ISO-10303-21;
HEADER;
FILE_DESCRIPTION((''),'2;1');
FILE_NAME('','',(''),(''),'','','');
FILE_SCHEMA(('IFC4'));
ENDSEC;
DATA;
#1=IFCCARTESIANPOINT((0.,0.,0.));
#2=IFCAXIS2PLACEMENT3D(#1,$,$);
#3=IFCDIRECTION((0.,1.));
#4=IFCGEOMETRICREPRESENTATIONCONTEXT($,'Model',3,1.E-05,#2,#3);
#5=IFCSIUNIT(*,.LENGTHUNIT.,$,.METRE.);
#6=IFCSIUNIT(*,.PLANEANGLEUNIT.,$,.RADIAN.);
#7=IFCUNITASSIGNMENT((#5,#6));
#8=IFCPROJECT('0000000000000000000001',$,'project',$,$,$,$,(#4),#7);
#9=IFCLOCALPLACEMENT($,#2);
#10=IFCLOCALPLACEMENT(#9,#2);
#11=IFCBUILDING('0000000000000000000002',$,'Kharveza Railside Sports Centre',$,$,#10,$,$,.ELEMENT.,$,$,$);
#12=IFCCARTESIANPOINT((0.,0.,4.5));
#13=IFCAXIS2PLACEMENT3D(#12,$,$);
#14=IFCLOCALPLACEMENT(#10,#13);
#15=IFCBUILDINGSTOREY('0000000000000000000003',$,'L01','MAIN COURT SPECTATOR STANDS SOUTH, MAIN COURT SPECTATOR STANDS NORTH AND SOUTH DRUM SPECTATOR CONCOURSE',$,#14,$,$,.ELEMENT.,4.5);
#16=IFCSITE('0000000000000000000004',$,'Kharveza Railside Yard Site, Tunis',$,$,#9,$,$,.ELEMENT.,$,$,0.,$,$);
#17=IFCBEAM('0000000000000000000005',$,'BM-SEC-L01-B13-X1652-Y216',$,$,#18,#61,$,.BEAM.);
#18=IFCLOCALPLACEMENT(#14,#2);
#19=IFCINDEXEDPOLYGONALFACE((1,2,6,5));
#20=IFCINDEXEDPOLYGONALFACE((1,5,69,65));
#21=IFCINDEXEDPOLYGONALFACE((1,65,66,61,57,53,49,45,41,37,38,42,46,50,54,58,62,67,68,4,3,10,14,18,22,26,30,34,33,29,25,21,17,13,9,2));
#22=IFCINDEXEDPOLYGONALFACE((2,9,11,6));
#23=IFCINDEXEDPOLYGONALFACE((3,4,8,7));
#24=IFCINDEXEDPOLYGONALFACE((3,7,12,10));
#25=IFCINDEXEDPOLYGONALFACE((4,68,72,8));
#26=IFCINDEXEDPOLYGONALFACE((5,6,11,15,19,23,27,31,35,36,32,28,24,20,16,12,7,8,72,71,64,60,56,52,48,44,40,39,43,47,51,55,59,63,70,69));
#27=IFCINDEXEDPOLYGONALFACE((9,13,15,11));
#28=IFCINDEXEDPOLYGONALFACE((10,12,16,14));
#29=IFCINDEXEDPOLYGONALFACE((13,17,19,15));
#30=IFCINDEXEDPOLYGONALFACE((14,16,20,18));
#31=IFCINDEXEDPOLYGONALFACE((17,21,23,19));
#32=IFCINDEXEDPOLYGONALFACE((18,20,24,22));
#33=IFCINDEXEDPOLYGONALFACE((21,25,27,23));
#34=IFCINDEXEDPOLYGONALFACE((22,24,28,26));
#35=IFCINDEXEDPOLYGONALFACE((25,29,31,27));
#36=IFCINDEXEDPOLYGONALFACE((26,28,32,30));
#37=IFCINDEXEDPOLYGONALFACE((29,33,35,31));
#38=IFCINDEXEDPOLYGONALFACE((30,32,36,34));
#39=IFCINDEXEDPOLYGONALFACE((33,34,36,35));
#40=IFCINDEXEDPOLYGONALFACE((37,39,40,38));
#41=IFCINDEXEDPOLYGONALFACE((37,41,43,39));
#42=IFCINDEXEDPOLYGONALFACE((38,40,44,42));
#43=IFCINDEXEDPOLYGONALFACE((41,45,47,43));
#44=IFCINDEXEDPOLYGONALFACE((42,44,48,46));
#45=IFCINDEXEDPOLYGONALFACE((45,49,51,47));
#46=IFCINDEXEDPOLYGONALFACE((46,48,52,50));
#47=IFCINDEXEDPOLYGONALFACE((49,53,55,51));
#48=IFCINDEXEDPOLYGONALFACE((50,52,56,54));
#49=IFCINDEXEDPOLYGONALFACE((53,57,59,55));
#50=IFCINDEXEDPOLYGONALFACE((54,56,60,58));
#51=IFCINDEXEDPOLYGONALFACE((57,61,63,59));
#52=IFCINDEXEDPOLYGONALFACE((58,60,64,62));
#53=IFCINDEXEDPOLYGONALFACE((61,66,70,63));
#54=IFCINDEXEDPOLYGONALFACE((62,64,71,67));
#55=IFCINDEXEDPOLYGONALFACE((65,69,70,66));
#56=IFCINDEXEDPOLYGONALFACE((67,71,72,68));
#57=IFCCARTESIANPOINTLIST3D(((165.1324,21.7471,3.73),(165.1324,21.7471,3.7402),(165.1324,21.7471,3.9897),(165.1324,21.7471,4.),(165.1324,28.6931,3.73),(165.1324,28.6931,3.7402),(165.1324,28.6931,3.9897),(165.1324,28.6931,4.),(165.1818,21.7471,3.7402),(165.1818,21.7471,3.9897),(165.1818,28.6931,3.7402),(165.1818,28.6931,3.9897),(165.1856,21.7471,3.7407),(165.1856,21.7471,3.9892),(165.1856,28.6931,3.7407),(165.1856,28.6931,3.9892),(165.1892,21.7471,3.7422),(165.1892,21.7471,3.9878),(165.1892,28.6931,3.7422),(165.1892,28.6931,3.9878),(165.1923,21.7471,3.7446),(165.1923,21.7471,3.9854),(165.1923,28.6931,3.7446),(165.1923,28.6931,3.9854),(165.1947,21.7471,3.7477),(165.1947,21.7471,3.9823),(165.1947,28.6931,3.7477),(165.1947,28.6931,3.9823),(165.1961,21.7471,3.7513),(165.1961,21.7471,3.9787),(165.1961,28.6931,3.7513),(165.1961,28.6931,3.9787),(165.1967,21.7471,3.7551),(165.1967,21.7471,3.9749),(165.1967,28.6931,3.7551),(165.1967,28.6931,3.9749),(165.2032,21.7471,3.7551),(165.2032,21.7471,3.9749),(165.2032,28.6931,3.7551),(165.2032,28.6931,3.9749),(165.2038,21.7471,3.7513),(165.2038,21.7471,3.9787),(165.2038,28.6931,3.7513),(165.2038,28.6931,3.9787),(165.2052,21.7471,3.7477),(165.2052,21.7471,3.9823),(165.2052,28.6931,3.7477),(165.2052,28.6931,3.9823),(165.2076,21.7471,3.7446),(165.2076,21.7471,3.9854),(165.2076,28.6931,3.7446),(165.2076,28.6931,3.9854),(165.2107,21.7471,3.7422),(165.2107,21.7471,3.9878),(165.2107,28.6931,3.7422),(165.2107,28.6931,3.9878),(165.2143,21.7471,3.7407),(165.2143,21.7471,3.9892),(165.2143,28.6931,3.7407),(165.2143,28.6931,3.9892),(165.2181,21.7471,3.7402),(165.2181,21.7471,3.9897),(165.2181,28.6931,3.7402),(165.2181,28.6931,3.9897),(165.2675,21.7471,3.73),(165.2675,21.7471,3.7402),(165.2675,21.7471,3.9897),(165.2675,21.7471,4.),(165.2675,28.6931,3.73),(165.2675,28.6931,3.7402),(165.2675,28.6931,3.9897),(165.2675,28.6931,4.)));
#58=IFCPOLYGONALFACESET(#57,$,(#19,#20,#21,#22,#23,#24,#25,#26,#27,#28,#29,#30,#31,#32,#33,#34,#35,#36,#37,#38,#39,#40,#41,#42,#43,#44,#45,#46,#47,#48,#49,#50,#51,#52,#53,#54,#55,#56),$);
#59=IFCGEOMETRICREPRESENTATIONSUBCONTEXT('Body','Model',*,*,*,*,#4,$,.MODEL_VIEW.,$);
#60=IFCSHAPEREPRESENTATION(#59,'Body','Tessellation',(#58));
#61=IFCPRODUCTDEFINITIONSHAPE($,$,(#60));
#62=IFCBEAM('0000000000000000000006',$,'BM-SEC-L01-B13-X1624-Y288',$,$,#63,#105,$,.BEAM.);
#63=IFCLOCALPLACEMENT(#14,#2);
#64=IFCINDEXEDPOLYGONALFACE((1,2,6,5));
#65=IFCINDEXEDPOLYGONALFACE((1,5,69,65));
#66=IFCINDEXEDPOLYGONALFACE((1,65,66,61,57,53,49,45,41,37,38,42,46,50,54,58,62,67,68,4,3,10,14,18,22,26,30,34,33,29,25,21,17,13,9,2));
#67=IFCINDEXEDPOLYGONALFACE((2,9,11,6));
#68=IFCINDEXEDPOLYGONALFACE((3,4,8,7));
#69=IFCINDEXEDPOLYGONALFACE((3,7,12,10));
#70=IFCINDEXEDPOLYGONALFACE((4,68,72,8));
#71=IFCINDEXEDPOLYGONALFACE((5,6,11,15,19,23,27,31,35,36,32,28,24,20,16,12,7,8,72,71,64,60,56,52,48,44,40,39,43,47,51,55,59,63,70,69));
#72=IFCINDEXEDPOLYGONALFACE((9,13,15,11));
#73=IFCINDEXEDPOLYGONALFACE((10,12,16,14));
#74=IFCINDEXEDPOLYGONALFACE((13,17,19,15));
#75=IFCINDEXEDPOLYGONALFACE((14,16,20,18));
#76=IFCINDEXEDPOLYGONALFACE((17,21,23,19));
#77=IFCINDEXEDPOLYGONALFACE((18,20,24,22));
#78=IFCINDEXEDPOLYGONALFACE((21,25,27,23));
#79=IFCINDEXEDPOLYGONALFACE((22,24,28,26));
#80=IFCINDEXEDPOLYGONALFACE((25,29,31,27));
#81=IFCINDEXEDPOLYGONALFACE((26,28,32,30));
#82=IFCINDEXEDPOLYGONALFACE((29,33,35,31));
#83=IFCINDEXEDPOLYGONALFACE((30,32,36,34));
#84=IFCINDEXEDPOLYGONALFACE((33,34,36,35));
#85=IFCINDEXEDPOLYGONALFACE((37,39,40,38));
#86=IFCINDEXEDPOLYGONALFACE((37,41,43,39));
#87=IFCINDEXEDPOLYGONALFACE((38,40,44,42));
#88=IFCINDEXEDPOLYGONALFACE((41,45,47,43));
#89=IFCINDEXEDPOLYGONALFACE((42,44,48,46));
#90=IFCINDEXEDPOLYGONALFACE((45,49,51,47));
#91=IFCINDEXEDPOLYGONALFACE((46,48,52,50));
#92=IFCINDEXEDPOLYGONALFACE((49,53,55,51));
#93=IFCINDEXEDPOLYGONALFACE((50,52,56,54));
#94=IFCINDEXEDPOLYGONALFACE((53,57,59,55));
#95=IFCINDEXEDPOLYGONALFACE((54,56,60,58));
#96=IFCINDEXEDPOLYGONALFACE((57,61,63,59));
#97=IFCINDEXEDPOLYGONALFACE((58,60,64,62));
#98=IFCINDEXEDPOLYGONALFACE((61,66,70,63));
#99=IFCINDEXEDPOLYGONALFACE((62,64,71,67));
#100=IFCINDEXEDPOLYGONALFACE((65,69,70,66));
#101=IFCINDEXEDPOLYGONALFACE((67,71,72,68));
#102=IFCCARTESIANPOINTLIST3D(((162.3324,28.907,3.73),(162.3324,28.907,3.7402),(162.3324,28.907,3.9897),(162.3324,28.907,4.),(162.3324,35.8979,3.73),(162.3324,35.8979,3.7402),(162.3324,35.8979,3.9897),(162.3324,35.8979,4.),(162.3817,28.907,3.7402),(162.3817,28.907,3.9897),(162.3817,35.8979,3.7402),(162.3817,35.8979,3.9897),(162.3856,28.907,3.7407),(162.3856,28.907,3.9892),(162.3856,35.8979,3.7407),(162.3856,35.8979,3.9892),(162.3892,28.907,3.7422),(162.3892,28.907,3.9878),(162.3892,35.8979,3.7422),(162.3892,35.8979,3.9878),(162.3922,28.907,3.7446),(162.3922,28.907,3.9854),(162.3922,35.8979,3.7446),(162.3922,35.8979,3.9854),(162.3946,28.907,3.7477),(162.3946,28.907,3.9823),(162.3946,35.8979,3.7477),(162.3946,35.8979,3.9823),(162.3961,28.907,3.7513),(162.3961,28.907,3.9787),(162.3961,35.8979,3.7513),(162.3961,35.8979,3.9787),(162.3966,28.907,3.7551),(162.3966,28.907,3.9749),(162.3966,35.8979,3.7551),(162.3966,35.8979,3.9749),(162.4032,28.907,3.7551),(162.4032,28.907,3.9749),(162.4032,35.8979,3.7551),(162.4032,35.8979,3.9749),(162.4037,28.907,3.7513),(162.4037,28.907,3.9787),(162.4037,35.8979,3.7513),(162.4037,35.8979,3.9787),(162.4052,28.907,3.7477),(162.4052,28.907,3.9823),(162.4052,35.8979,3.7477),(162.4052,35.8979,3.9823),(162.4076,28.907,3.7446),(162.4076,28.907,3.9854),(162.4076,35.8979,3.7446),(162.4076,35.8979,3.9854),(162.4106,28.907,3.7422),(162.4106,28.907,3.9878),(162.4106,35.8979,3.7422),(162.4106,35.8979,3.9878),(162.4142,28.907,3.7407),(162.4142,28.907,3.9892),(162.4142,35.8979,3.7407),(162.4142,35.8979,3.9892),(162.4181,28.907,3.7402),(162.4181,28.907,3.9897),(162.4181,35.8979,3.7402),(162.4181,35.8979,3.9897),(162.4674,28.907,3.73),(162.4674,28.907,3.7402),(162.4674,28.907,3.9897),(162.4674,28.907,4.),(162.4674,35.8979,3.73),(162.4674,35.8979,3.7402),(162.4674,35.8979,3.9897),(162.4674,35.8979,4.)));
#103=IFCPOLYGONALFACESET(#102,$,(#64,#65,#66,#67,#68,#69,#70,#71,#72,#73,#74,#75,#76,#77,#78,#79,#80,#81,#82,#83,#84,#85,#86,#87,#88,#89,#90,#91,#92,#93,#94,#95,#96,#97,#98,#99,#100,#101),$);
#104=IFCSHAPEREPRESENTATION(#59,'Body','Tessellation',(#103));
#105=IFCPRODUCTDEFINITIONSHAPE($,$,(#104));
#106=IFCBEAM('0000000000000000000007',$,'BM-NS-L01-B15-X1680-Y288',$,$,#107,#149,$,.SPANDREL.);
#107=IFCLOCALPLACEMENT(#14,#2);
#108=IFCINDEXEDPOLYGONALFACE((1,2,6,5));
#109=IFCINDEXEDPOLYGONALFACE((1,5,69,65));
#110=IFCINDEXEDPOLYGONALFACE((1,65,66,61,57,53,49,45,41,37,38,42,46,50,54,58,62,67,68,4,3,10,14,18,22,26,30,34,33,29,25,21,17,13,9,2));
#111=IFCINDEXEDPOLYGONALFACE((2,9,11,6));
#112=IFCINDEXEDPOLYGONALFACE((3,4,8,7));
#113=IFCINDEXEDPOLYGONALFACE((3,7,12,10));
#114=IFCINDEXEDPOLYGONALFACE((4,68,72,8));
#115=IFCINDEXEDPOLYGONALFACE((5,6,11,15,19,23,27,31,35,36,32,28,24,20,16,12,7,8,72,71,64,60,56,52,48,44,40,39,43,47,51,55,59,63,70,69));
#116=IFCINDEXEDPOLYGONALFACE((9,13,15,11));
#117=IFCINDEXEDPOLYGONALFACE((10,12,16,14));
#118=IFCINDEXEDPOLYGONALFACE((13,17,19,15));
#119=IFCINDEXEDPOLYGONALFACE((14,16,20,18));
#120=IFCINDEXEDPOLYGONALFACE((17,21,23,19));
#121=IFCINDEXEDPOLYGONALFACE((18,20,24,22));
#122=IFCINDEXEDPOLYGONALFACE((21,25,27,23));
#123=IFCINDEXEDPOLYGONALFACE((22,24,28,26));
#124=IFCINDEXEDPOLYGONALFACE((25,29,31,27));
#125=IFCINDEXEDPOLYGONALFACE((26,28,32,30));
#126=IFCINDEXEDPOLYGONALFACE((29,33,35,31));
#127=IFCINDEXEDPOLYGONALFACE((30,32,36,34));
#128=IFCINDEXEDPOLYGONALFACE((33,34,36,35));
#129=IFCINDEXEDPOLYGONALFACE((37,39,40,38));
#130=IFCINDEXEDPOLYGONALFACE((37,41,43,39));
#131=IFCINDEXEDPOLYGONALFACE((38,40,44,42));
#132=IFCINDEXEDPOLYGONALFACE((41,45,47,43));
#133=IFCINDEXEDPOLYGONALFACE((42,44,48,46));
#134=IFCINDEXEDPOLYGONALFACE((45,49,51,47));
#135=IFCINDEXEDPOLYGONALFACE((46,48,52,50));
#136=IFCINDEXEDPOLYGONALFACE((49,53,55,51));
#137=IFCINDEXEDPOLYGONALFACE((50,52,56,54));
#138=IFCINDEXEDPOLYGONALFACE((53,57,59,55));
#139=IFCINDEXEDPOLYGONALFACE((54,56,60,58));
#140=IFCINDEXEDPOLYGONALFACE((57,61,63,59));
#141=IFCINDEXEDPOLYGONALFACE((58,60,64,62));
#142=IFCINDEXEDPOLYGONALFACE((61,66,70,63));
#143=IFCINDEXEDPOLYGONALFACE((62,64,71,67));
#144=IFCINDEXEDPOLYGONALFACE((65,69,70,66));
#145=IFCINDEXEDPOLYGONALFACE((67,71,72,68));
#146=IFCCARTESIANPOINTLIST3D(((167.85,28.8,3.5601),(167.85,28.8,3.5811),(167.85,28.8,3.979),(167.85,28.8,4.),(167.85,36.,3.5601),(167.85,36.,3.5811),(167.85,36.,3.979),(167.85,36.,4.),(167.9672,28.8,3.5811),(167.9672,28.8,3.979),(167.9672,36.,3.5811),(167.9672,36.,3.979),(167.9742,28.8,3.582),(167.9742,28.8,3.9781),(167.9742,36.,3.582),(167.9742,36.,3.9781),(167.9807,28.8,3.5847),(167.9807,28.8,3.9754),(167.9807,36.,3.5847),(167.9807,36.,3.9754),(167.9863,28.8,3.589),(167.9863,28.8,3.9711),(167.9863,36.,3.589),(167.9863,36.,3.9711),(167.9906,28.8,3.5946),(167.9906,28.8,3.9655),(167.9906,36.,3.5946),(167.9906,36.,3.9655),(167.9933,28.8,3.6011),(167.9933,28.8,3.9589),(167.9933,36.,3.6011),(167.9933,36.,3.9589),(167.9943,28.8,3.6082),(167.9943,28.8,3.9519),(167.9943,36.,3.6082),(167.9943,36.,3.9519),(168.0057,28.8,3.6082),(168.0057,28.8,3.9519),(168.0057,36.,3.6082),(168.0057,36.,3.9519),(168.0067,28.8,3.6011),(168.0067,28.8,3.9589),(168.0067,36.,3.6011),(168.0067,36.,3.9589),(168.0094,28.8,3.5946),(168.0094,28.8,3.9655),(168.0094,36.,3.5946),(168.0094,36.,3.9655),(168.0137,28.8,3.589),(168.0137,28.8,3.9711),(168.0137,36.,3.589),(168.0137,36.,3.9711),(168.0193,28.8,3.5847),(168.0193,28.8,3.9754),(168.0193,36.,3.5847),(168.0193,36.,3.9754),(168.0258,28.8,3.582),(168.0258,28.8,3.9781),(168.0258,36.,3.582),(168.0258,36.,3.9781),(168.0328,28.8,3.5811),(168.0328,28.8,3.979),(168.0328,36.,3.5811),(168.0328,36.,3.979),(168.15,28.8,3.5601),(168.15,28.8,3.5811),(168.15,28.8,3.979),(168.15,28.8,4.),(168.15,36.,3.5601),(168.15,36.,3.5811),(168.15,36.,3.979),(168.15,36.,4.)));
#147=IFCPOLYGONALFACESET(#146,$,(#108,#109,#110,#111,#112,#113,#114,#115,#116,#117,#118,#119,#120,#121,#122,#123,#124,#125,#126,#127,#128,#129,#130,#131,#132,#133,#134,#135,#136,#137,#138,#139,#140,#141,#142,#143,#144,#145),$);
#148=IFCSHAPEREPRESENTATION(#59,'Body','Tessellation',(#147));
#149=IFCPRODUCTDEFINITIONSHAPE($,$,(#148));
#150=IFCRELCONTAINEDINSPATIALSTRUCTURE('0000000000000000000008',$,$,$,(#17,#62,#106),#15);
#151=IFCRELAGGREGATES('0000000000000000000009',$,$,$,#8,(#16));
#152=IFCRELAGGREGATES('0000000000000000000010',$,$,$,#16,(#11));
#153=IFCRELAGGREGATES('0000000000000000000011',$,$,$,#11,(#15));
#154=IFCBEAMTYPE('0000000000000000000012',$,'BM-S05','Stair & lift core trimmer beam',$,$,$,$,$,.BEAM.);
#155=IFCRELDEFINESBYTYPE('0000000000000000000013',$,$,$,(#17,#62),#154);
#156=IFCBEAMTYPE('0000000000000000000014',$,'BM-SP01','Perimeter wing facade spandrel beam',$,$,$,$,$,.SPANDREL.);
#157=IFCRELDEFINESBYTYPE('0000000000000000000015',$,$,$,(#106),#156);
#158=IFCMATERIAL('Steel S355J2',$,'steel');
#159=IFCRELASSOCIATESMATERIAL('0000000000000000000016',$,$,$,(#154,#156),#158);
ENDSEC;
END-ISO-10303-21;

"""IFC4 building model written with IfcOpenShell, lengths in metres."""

from ifc_helpers import new_model, si_unit, direction, frame, origin, origin_2d, place, context, subcontext, project, spatial, i_section, extrude, material, material_profile, profile_set, type_object, element, save


model = new_model("IFC4")

# Units and contexts
model_context = context("Model", 3, precision=1e-05, world=origin(), true_north=direction((0.0, 1.0)))
body_context = subcontext(model_context, "Body", "Model", "MODEL_VIEW")
ifc_project = project(units=[si_unit("LENGTHUNIT", "METRE"), si_unit("PLANEANGLEUNIT", "RADIAN")], contexts=[model_context])

# Site, building, storey
site_placement = place(None, origin())
site = spatial("IfcSite", under=ifc_project, at=site_placement, Name="Kharveza Railside Yard Site, Tunis", CompositionType="ELEMENT", RefElevation=0.0)
building_placement = place(site_placement, origin())
building = spatial("IfcBuilding", under=site, at=building_placement, Name="Kharveza Railside Sports Centre", CompositionType="ELEMENT")
storey_placement = place(building_placement, frame((0.0, 0.0, 4.5)))
storey = spatial("IfcBuildingStorey", under=building, at=storey_placement, Name="L01", Description="MAIN COURT SPECTATOR STANDS SOUTH, MAIN COURT SPECTATOR STANDS NORTH AND SOUTH DRUM SPECTATOR CONCOURSE", CompositionType="ELEMENT", Elevation=4.5)

# Shared definitions
ifc_material_1 = material(Name="Steel S355J2", Category="steel")

# Beams
ifc_material_profile_1 = material_profile(ifc_material_1, i_section(OverallWidth=0.135, OverallDepth=0.27, WebThickness=0.0066, FlangeThickness=0.0103, FilletRadius=0.0149, at=origin_2d()), Name="IPE 270")
ifc_profile_set_1 = profile_set([ifc_material_profile_1], Name="Steel S355J2")
beam_type_1 = type_object("IfcBeamType", Name="BM-S05", Description="Stair & lift core trimmer beam", PredefinedType="BEAM", material=ifc_profile_set_1)
beam_1_placement = place(storey_placement, frame((165.2, 21.7471, 3.865), z_axis=(0.0, 1.0, 0.0), x_axis=(-1.0, 0.0, 0.0)))
element("IfcBeam", 1, at=beam_1_placement, inside=storey, type_object=beam_type_1, Name="BM-SEC-L01-B13-X1652-Y216", PredefinedType="BEAM", context=body_context, shape_type="SweptSolid", body=[
    extrude(i_section(OverallWidth=0.135, OverallDepth=0.27, WebThickness=0.0066, FlangeThickness=0.0103, FilletRadius=0.0149, at=origin_2d()), origin(), (0.0, 0.0, 1.0), 6.946),
])
beam_2_placement = place(storey_placement, frame((162.3999, 28.907, 3.865), z_axis=(0.0, 1.0, 0.0), x_axis=(-1.0, 0.0, 0.0)))
element("IfcBeam", 2, at=beam_2_placement, inside=storey, type_object=beam_type_1, Name="BM-SEC-L01-B13-X1624-Y288", PredefinedType="BEAM", context=body_context, shape_type="SweptSolid", body=[
    extrude(i_section(OverallWidth=0.135, OverallDepth=0.27, WebThickness=0.0066, FlangeThickness=0.0103, FilletRadius=0.0149, at=origin_2d()), origin(), (0.0, 0.0, 1.0), 6.991),
])
ifc_material_profile_2 = material_profile(ifc_material_1, i_section(OverallWidth=0.3, OverallDepth=0.4399, WebThickness=0.0115, FlangeThickness=0.021, FilletRadius=0.0271, at=origin_2d()), Name="HEA 450")
ifc_profile_set_2 = profile_set([ifc_material_profile_2], Name="Steel S355J2")
beam_type_2 = type_object("IfcBeamType", Name="BM-SP01", Description="Perimeter wing facade spandrel beam", PredefinedType="SPANDREL", material=ifc_profile_set_2)
beam_3_placement = place(storey_placement, frame((168.0, 28.8, 3.78), z_axis=(0.0, 1.0, 0.0), x_axis=(-1.0, 0.0, 0.0)))
element("IfcBeam", 3, at=beam_3_placement, inside=storey, type_object=beam_type_2, Name="BM-NS-L01-B15-X1680-Y288", PredefinedType="SPANDREL", context=body_context, shape_type="SweptSolid", body=[
    extrude(i_section(OverallWidth=0.3, OverallDepth=0.4399, WebThickness=0.0115, FlangeThickness=0.021, FilletRadius=0.0271, at=origin_2d()), origin(), (0.0, 0.0, 1.0), 7.2),
])

save(model, "model.ifc")
